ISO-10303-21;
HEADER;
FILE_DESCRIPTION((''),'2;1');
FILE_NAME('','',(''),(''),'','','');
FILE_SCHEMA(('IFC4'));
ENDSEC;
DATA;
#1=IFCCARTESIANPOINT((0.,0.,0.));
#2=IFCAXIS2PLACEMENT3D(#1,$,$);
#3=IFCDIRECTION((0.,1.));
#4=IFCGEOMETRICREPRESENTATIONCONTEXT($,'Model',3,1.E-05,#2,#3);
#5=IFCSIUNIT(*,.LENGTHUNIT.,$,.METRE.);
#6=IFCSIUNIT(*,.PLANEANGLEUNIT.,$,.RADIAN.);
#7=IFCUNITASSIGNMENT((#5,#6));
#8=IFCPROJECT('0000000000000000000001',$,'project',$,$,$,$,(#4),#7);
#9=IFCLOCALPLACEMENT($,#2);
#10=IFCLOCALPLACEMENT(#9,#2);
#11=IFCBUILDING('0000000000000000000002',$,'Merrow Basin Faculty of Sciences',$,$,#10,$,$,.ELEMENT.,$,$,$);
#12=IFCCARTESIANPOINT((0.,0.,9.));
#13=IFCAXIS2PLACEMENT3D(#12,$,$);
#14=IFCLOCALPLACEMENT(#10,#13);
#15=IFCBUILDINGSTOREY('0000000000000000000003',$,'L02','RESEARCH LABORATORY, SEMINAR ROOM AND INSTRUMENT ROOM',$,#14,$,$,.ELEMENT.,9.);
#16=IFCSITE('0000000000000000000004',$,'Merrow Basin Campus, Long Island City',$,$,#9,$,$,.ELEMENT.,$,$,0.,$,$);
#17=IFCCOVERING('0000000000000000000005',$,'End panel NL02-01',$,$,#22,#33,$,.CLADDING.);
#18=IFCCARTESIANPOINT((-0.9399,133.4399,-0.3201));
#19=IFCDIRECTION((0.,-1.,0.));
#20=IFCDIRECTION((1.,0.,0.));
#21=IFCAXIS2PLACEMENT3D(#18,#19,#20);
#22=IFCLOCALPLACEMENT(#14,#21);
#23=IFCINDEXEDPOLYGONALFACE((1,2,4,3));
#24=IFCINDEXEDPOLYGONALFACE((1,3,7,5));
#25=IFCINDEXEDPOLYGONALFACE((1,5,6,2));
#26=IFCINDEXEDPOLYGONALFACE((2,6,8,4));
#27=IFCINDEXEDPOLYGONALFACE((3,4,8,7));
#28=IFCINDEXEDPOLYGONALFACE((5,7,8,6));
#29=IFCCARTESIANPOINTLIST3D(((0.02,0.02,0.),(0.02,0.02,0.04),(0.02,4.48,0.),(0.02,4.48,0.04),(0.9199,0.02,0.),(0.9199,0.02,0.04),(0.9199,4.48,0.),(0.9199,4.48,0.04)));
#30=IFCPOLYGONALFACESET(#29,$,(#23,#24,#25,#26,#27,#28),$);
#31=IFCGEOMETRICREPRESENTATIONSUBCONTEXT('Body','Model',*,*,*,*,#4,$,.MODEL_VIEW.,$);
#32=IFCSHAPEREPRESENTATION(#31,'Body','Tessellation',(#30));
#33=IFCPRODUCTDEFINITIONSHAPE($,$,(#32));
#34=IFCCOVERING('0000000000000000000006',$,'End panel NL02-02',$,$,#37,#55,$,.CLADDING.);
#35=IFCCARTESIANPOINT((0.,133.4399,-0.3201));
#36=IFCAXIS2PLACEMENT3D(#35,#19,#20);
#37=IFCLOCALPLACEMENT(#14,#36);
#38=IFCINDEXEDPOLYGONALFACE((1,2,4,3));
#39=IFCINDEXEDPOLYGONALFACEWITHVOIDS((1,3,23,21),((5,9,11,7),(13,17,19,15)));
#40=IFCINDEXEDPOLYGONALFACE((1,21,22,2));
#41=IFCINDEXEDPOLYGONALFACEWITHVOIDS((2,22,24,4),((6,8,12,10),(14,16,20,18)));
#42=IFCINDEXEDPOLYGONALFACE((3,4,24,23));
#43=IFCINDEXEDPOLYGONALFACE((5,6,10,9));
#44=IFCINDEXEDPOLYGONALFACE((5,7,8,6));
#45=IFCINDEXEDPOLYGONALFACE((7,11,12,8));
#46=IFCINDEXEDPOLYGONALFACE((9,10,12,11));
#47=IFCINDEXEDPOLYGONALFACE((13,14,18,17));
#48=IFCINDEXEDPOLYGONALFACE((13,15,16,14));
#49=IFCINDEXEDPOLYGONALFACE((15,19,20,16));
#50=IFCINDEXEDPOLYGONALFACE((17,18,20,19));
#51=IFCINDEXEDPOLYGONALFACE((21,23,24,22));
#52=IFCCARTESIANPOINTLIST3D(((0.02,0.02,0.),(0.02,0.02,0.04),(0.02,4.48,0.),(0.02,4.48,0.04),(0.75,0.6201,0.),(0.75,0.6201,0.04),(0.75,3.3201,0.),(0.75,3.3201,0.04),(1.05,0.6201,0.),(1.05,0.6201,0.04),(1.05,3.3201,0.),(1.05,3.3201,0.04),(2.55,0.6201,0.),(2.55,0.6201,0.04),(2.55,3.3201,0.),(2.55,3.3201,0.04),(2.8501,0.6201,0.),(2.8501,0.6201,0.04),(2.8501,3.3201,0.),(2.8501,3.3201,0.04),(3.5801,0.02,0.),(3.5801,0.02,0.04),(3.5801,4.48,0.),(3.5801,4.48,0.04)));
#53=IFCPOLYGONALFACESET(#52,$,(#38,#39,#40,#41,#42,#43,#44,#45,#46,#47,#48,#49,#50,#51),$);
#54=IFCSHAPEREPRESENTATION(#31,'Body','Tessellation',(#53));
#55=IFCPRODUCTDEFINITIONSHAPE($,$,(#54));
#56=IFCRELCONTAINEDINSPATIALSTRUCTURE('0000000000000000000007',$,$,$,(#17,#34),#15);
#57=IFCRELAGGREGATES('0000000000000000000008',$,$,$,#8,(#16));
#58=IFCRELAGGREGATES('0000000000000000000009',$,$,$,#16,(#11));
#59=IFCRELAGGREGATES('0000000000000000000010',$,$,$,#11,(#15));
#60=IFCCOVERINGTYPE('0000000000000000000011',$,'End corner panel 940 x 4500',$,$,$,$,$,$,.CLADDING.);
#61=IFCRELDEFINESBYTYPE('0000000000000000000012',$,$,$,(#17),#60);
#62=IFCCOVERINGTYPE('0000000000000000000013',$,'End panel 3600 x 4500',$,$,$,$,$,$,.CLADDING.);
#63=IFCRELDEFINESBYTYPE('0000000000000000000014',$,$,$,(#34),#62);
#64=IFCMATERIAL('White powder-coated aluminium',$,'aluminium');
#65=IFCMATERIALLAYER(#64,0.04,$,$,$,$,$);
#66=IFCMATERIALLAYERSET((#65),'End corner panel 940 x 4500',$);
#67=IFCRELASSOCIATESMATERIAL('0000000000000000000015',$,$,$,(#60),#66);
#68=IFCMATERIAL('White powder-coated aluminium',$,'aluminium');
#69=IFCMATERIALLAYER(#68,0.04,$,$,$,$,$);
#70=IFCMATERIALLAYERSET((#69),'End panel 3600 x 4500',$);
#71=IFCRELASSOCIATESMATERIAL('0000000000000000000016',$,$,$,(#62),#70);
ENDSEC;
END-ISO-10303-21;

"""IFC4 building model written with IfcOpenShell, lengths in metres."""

from ifc_helpers import new_model, si_unit, direction, frame, origin, place, context, subcontext, project, spatial, polyline, outline, extrude, source, transform, mapped, material, layer, layer_set, type_object, element, save


model = new_model("IFC4")

# Units and contexts
model_context = context("Model", 3, precision=1e-05, world=origin(), true_north=direction((0.0, 1.0)))
body_context = subcontext(model_context, "Body", "Model", "MODEL_VIEW")
ifc_project = project(units=[si_unit("LENGTHUNIT", "METRE"), si_unit("PLANEANGLEUNIT", "RADIAN")], contexts=[model_context])

# Site, building, storey
site_placement = place(None, origin())
site = spatial("IfcSite", under=ifc_project, at=site_placement, Name="Merrow Basin Campus, Long Island City", CompositionType="ELEMENT", RefElevation=0.0)
building_placement = place(site_placement, origin())
building = spatial("IfcBuilding", under=site, at=building_placement, Name="Merrow Basin Faculty of Sciences", CompositionType="ELEMENT")
storey_placement = place(building_placement, frame((0.0, 0.0, 9.0)))
storey = spatial("IfcBuildingStorey", under=building, at=storey_placement, Name="L02", Description="RESEARCH LABORATORY, SEMINAR ROOM AND INSTRUMENT ROOM", CompositionType="ELEMENT", Elevation=9.0)

# Coverings
ifc_material_1 = material(Name="White powder-coated aluminium", Category="aluminium")
ifc_layer_1 = layer(ifc_material_1, 0.04)
ifc_layer_set_1 = layer_set([ifc_layer_1], Name="End corner panel 940 x 4500")
covering_type_1 = type_object("IfcCoveringType", Name="End corner panel 940 x 4500", PredefinedType="CLADDING", material=ifc_layer_set_1)
shared_shape_1 = source(origin(), body_context, "Body", "SweptSolid", [
    extrude(outline(polyline([(0.02, 0.02), (0.9199, 0.02), (0.9199, 4.48), (0.02, 4.48), (0.02, 0.02)])), origin(), (0.0, 0.0, 1.0), 0.04),
])
covering_1_placement = place(storey_placement, frame((-0.9399, 133.4399, -0.3201), z_axis=(0.0, -1.0, 0.0), x_axis=(1.0, 0.0, 0.0)))
element("IfcCovering", 1, at=covering_1_placement, inside=storey, type_object=covering_type_1, Name="End panel NL02-01", PredefinedType="CLADDING", context=body_context, shape_type="MappedRepresentation", body=[
    mapped(shared_shape_1, transform((0.0, 0.0, 0.0), scale=1.0)),
])
ifc_material_2 = material(Name="White powder-coated aluminium", Category="aluminium")
ifc_layer_2 = layer(ifc_material_2, 0.04)
ifc_layer_set_2 = layer_set([ifc_layer_2], Name="End panel 3600 x 4500")
covering_type_2 = type_object("IfcCoveringType", Name="End panel 3600 x 4500", PredefinedType="CLADDING", material=ifc_layer_set_2)
shared_shape_2 = source(origin(), body_context, "Body", "SweptSolid", [
    extrude(outline(polyline([(0.02, 0.02), (3.5801, 0.02), (3.5801, 4.48), (0.02, 4.48), (0.02, 0.02)]), holes=[polyline([(0.75, 0.6201), (1.05, 0.6201), (1.05, 3.3201), (0.75, 3.3201), (0.75, 0.6201)]), polyline([(2.55, 0.6201), (2.8501, 0.6201), (2.8501, 3.3201), (2.55, 3.3201), (2.55, 0.6201)])]), origin(), (0.0, 0.0, 1.0), 0.04),
])
covering_2_placement = place(storey_placement, frame((0.0, 133.4399, -0.3201), z_axis=(0.0, -1.0, 0.0), x_axis=(1.0, 0.0, 0.0)))
element("IfcCovering", 2, at=covering_2_placement, inside=storey, type_object=covering_type_2, Name="End panel NL02-02", PredefinedType="CLADDING", context=body_context, shape_type="MappedRepresentation", body=[
    mapped(shared_shape_2, transform((0.0, 0.0, 0.0), scale=1.0)),
])

save(model, "model.ifc")
